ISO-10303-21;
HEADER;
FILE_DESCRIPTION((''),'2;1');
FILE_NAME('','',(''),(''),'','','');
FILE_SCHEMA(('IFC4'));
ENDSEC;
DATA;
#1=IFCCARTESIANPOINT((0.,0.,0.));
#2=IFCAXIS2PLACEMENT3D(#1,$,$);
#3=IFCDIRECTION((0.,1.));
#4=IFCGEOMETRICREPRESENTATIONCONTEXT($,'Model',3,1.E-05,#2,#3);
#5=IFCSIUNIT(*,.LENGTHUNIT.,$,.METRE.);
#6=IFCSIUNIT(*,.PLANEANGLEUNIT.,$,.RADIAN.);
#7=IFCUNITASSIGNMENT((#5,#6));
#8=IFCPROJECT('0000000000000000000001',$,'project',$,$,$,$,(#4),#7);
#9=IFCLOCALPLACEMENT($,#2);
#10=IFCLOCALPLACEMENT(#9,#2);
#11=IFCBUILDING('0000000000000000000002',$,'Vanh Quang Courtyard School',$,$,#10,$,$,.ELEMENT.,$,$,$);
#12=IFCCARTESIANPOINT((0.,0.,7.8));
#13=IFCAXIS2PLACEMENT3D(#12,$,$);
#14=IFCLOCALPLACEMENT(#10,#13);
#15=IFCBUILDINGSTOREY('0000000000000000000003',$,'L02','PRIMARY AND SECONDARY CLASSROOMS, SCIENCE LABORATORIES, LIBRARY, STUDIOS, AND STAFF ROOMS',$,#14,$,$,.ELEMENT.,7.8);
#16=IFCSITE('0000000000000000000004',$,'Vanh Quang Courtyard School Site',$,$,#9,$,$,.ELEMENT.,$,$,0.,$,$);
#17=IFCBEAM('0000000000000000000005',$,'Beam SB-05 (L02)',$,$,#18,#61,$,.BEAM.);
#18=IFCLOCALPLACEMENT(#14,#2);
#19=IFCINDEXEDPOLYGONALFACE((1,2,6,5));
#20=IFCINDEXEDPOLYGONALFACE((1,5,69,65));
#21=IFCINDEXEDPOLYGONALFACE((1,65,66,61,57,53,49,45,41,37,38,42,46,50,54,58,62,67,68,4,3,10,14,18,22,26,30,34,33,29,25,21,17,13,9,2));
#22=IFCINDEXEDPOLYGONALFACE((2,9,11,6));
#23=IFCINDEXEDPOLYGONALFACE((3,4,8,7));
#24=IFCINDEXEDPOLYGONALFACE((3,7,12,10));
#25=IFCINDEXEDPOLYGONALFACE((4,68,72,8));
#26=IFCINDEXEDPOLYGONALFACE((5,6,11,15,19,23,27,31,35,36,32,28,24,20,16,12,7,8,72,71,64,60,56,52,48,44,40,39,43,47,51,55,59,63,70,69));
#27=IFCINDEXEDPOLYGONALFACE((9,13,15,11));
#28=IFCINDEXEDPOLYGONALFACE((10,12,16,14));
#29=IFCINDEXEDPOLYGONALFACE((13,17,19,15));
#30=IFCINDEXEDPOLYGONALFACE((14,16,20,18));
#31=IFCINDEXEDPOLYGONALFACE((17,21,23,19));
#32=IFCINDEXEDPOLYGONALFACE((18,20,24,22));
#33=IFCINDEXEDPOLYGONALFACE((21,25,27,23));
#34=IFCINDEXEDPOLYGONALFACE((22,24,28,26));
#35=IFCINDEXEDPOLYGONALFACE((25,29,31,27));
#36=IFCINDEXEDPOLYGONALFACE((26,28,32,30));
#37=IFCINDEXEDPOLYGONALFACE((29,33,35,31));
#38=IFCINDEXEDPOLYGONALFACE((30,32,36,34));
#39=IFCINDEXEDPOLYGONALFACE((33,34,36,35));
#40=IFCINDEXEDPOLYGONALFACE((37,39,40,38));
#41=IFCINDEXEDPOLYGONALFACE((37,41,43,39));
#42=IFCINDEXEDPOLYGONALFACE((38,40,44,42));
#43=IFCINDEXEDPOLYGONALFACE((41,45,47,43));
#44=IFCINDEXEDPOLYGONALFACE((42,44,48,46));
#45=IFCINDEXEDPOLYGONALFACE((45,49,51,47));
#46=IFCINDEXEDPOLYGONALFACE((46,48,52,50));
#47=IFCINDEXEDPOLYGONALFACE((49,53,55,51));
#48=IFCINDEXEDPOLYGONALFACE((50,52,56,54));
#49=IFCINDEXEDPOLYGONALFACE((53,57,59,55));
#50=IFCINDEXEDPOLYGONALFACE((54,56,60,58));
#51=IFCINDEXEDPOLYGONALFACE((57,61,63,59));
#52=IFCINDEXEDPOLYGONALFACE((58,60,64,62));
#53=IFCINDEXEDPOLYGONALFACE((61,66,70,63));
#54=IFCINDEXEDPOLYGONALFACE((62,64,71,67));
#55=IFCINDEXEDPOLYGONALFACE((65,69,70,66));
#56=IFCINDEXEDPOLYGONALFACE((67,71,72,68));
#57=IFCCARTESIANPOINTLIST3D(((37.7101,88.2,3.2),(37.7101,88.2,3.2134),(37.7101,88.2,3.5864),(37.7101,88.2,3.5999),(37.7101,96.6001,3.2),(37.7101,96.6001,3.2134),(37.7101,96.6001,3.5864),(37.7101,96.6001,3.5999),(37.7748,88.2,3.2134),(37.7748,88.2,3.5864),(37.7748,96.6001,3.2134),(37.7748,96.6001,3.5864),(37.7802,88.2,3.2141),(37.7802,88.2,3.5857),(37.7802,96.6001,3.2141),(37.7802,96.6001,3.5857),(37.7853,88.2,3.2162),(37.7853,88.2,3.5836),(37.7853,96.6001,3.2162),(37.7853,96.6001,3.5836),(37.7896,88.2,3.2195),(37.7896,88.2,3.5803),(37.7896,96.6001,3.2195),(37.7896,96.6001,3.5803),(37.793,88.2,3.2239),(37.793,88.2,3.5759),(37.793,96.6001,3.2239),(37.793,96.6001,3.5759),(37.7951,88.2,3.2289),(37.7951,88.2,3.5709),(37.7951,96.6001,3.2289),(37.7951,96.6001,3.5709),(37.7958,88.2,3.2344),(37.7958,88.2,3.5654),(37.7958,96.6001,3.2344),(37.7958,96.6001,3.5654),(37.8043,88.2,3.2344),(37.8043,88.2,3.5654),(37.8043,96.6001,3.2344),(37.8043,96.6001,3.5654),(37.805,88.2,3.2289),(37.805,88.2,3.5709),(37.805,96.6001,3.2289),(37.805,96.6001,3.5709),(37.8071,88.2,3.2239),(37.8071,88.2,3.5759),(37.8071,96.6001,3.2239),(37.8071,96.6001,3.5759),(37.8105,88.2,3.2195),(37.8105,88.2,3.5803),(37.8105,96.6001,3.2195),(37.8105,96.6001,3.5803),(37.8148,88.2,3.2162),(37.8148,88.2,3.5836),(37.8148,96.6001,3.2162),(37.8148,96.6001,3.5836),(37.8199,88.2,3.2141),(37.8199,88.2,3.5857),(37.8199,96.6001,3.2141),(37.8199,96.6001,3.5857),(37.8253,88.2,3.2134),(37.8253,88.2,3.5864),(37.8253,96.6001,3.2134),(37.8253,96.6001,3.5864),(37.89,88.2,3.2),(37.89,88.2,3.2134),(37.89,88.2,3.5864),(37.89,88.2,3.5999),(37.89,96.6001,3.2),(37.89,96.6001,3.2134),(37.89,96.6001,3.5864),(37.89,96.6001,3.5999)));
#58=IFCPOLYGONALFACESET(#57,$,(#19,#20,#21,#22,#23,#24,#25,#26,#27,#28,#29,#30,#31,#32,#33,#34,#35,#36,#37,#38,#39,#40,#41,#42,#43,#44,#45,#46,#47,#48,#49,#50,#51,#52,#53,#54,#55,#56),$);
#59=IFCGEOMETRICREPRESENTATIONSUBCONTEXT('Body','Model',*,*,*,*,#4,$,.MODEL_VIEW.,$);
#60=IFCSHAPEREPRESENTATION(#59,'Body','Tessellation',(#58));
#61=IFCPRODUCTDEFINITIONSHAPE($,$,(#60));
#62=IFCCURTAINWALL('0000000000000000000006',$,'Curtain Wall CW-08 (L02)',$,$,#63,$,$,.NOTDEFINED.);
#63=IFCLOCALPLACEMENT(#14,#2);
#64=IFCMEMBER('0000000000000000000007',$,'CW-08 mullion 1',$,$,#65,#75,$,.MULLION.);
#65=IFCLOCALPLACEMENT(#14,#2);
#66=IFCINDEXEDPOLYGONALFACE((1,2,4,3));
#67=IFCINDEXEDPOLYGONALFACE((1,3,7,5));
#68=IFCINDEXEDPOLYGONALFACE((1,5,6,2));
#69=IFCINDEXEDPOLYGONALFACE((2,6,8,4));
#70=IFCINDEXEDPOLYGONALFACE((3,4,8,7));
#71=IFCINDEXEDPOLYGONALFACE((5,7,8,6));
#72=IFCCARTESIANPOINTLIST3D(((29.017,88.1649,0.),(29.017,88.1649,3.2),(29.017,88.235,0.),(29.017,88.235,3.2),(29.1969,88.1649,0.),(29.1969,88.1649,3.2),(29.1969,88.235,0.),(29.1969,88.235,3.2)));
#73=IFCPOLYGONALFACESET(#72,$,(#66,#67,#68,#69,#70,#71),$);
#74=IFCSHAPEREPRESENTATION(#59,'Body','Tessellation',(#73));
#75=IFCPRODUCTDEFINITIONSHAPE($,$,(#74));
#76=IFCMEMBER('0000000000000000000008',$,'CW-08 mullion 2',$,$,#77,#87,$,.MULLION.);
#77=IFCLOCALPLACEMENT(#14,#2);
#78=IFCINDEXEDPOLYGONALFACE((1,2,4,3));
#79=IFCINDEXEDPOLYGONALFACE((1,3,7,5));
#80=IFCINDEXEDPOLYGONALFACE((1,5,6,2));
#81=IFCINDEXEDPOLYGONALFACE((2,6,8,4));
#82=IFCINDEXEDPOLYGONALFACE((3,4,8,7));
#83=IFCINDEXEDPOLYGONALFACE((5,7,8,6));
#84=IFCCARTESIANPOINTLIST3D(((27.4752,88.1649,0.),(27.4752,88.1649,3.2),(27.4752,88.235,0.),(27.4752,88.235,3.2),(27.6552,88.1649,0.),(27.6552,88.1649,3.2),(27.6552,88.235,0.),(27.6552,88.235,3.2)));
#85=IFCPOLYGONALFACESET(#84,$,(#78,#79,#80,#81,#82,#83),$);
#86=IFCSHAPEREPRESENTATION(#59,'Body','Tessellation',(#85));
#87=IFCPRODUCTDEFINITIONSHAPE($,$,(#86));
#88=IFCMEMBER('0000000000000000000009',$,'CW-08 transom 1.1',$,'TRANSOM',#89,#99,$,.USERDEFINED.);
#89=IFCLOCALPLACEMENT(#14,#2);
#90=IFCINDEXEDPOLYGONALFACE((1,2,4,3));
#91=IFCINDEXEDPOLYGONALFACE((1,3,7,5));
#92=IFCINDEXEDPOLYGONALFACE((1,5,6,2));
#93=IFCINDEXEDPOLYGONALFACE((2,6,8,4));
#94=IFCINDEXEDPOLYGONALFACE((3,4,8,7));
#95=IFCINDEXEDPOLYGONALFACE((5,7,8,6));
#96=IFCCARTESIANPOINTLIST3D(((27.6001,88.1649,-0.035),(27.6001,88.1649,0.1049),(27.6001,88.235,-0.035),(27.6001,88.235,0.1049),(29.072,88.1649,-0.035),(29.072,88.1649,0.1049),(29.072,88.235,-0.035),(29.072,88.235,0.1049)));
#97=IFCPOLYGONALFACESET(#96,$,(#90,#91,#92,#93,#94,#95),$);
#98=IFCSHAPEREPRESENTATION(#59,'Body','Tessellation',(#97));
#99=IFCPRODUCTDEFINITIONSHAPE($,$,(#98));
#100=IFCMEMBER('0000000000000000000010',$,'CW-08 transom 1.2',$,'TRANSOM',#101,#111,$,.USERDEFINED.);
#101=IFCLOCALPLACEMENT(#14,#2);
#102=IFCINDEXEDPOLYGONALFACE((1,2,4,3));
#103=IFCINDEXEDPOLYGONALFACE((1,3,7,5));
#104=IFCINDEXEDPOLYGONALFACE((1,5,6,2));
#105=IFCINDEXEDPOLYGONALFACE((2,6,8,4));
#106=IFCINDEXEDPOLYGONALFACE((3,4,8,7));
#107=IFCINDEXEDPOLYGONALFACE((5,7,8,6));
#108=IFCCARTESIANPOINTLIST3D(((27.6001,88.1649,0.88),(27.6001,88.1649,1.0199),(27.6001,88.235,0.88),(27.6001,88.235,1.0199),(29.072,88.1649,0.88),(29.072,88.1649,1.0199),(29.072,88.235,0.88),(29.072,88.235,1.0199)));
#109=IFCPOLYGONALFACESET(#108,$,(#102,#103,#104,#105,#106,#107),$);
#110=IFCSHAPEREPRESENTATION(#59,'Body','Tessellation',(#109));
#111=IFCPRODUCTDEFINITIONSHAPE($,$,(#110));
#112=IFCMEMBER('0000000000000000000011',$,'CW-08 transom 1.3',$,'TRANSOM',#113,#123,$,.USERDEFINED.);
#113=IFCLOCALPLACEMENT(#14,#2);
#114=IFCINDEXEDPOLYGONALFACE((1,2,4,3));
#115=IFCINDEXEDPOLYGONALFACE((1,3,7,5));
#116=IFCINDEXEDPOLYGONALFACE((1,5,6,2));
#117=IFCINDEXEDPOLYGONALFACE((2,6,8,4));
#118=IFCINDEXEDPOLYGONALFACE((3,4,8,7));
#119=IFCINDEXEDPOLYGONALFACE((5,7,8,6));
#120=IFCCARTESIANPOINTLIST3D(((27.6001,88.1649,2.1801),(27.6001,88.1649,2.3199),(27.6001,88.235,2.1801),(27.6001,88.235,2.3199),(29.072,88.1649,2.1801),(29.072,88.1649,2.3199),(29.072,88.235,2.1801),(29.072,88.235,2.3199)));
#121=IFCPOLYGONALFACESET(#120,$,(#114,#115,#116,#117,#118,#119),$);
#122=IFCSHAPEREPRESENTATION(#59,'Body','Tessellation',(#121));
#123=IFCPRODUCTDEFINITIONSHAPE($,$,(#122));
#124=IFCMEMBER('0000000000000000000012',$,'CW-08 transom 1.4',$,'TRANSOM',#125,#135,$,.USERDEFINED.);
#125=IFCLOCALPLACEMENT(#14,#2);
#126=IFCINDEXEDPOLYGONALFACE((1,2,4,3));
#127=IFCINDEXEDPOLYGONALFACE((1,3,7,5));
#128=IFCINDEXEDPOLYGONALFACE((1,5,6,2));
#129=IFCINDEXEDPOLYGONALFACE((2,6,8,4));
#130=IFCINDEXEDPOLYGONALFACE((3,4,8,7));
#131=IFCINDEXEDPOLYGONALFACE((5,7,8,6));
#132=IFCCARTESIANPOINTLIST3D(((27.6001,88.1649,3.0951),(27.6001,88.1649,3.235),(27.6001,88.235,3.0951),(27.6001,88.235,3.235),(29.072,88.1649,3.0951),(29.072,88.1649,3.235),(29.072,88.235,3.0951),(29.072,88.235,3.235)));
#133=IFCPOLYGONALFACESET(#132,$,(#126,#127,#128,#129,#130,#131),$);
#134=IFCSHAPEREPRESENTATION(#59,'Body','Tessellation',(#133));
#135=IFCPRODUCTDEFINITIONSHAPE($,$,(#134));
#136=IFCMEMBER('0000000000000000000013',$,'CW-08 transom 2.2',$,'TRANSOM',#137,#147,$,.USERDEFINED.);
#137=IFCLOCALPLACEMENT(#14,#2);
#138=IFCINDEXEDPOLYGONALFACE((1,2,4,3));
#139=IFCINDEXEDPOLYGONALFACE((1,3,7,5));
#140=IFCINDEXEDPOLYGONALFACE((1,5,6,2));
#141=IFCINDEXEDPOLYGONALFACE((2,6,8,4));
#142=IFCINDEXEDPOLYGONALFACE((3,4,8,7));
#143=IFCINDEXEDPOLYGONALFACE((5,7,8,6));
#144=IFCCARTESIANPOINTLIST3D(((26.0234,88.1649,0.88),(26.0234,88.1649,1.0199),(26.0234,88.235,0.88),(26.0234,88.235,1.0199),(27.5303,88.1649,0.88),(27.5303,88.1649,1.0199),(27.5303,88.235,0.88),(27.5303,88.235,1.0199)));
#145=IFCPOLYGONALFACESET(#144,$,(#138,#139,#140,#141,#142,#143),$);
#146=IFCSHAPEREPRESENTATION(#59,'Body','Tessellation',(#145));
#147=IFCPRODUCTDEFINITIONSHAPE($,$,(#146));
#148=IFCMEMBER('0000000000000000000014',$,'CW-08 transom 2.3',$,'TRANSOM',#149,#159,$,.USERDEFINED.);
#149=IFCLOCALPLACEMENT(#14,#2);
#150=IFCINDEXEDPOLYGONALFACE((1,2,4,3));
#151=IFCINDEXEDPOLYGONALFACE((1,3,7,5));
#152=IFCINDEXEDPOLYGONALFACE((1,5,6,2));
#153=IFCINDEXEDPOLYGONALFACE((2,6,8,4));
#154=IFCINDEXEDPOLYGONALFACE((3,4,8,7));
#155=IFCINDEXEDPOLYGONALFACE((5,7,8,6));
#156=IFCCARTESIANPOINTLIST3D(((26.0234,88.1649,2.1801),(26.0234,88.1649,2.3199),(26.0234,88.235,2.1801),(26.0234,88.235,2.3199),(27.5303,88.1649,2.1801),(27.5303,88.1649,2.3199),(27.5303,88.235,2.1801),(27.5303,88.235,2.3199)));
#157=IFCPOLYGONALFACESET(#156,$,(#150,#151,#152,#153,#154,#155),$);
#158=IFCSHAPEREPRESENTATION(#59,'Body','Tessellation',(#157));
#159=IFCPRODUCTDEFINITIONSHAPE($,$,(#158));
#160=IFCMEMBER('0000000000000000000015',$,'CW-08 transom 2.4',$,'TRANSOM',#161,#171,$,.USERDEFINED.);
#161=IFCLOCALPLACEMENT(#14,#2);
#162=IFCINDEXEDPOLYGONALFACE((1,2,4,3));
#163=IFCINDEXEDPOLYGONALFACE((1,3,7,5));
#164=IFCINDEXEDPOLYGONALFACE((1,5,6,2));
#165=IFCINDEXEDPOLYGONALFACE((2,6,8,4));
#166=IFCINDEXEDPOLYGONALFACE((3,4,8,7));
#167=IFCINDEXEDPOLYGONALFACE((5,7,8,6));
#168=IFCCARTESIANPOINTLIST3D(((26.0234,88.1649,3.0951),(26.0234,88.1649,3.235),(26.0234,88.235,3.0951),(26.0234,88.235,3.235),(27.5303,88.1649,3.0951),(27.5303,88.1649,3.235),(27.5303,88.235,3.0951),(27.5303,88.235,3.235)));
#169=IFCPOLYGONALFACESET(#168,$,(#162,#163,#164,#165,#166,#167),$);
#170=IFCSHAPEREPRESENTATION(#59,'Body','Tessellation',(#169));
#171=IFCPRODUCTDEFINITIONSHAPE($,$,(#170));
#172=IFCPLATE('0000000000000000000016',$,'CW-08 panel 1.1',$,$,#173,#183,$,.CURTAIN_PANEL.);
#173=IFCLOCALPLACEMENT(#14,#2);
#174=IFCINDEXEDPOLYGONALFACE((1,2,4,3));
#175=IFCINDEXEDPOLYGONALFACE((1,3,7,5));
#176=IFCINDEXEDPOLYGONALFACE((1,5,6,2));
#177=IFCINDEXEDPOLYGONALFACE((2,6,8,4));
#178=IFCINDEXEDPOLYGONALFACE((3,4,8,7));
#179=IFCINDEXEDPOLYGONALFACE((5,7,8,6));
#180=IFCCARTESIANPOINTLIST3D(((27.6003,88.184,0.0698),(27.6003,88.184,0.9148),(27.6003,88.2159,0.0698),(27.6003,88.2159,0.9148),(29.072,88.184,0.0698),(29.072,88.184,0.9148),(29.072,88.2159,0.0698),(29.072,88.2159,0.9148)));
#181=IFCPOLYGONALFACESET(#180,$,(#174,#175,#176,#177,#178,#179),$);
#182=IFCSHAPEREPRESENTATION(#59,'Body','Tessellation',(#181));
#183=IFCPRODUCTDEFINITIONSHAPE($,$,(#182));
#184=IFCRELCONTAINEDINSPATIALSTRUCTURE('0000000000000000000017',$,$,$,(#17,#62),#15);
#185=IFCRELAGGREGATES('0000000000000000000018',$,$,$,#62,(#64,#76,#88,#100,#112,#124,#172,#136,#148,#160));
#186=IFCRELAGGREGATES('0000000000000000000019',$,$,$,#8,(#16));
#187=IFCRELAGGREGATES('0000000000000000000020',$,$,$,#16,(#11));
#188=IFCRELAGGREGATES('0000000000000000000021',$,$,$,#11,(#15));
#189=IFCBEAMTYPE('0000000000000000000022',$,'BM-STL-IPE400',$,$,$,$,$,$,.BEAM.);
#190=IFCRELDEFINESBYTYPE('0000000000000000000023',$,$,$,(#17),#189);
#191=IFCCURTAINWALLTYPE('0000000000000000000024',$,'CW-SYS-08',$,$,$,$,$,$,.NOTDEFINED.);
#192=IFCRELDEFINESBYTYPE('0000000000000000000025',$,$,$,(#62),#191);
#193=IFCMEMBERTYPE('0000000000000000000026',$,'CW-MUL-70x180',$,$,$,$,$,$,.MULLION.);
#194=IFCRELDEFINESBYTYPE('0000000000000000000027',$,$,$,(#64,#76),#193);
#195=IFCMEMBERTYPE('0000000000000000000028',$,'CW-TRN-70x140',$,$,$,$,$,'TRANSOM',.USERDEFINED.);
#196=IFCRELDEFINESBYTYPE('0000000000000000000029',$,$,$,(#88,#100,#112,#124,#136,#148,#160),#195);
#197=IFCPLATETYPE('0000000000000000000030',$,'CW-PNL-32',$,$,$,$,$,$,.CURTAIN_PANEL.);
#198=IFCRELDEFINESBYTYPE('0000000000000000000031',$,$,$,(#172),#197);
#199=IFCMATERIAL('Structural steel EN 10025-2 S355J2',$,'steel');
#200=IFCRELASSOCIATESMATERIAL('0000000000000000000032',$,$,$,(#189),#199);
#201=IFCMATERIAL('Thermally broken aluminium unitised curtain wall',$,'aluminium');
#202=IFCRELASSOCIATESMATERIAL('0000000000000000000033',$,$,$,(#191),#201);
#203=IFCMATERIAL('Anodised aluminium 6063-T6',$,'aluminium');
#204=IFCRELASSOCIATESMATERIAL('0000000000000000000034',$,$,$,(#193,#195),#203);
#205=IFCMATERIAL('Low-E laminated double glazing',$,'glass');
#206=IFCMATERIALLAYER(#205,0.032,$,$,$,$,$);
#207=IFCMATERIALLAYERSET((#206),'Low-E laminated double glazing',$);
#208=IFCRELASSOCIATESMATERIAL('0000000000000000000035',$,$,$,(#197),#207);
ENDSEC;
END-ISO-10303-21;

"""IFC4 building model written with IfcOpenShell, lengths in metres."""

from ifc_helpers import new_model, si_unit, direction, frame, origin, origin_2d, place, context, subcontext, project, spatial, rectangle, i_section, extrude, material, layer, layer_set, material_profile, profile_set, type_object, element, aggregate, save


model = new_model("IFC4")

# Units and contexts
model_context = context("Model", 3, precision=1e-05, world=origin(), true_north=direction((0.0, 1.0)))
body_context = subcontext(model_context, "Body", "Model", "MODEL_VIEW")
ifc_project = project(units=[si_unit("LENGTHUNIT", "METRE"), si_unit("PLANEANGLEUNIT", "RADIAN")], contexts=[model_context])

# Site, building, storey
site_placement = place(None, origin())
site = spatial("IfcSite", under=ifc_project, at=site_placement, Name="Vanh Quang Courtyard School Site", CompositionType="ELEMENT", RefElevation=0.0)
building_placement = place(site_placement, origin())
building = spatial("IfcBuilding", under=site, at=building_placement, Name="Vanh Quang Courtyard School", CompositionType="ELEMENT")
storey_placement = place(building_placement, frame((0.0, 0.0, 7.8)))
storey = spatial("IfcBuildingStorey", under=building, at=storey_placement, Name="L02", Description="PRIMARY AND SECONDARY CLASSROOMS, SCIENCE LABORATORIES, LIBRARY, STUDIOS, AND STAFF ROOMS", CompositionType="ELEMENT", Elevation=7.8)

# Beam
ifc_material_1 = material(Name="Structural steel EN 10025-2 S355J2", Category="steel")
ifc_material_profile_1 = material_profile(ifc_material_1, i_section(OverallWidth=0.1799, OverallDepth=0.3999, WebThickness=0.0085, FlangeThickness=0.0134, FilletRadius=0.021, at=origin_2d()), Name="IPE 400")
ifc_profile_set_1 = profile_set([ifc_material_profile_1], Name="Structural steel EN 10025-2 S355J2")
beam_type_1 = type_object("IfcBeamType", Name="BM-STL-IPE400", PredefinedType="BEAM", material=ifc_profile_set_1)
for number, where, z_axis, x_axis, name in (
    (1, (37.8, 88.2, 3.3999), (0.0, 1.0, 0.0), (-1.0, 0.0, 0.0), "Beam SB-05 (L02)"),
):
    element("IfcBeam", number, at=place(storey_placement, frame(where, z_axis=z_axis, x_axis=x_axis)), inside=storey, type_object=beam_type_1, Name=name, PredefinedType="BEAM", context=body_context, shape_type="SweptSolid", body=[
        extrude(i_section(OverallWidth=0.1799, OverallDepth=0.3999, WebThickness=0.0085, FlangeThickness=0.0134, FilletRadius=0.021, at=origin_2d()), origin(), (0.0, 0.0, 1.0), 8.4001),
    ])

# Curtain wall, members, plate
ifc_material_2 = material(Name="Thermally broken aluminium unitised curtain wall", Category="aluminium")
curtain_wall_type = type_object("IfcCurtainWallType", Name="CW-SYS-08", PredefinedType="NOTDEFINED", material=ifc_material_2)
curtain_wall_placement = place(storey_placement, origin())
curtain_wall = element("IfcCurtainWall", 2, at=curtain_wall_placement, inside=storey, type_object=curtain_wall_type, Name="Curtain Wall CW-08 (L02)", PredefinedType="NOTDEFINED")
ifc_material_3 = material(Name="Anodised aluminium 6063-T6", Category="aluminium")
ifc_material_profile_2 = material_profile(ifc_material_3, rectangle(XDim=0.0701, YDim=0.1799, at=origin_2d()), Name="ALU-MUL 70x180")
ifc_profile_set_2 = profile_set([ifc_material_profile_2], Name="Anodised aluminium 6063-T6")
member_type_1 = type_object("IfcMemberType", Name="CW-MUL-70x180", PredefinedType="MULLION", material=ifc_profile_set_2)
member_1_placement = place(storey_placement, frame((29.1069, 88.2, 0.0), z_axis=(0.0, 0.0, 1.0), x_axis=(0.0, -1.0, 0.0)))
member_1 = element("IfcMember", 3, at=member_1_placement, type_object=member_type_1, Name="CW-08 mullion 1", PredefinedType="MULLION", context=body_context, shape_type="SweptSolid", body=[
    extrude(rectangle(XDim=0.0701, YDim=0.1799, at=origin_2d()), origin(), (0.0, 0.0, 1.0), 3.2),
])
member_2_placement = place(storey_placement, frame((27.5652, 88.2, 0.0), z_axis=(0.0, 0.0, 1.0), x_axis=(0.0, -1.0, 0.0)))
member_2 = element("IfcMember", 4, at=member_2_placement, type_object=member_type_1, Name="CW-08 mullion 2", PredefinedType="MULLION", context=body_context, shape_type="SweptSolid", body=[
    extrude(rectangle(XDim=0.0701, YDim=0.1799, at=origin_2d()), origin(), (0.0, 0.0, 1.0), 3.2),
])
ifc_material_profile_3 = material_profile(ifc_material_3, rectangle(XDim=0.0701, YDim=0.1399, at=origin_2d()), Name="ALU-TRN 70x140")
ifc_profile_set_3 = profile_set([ifc_material_profile_3], Name="Anodised aluminium 6063-T6")
member_type_2 = type_object("IfcMemberType", Name="CW-TRN-70x140", ElementType="TRANSOM", PredefinedType="USERDEFINED", material=ifc_profile_set_3)
member_3_placement = place(storey_placement, frame((29.072, 88.2, 0.0349), z_axis=(-1.0, 0.0, 0.0), x_axis=(0.0, -1.0, 0.0)))
member_3 = element("IfcMember", 5, at=member_3_placement, type_object=member_type_2, Name="CW-08 transom 1.1", ObjectType="TRANSOM", PredefinedType="USERDEFINED", context=body_context, shape_type="SweptSolid", body=[
    extrude(rectangle(XDim=0.0701, YDim=0.1399, at=origin_2d()), origin(), (0.0, 0.0, 1.0), 1.4719),
])
member_4_placement = place(storey_placement, frame((29.072, 88.2, 0.95), z_axis=(-1.0, 0.0, 0.0), x_axis=(0.0, -1.0, 0.0)))
member_4 = element("IfcMember", 6, at=member_4_placement, type_object=member_type_2, Name="CW-08 transom 1.2", ObjectType="TRANSOM", PredefinedType="USERDEFINED", context=body_context, shape_type="SweptSolid", body=[
    extrude(rectangle(XDim=0.0701, YDim=0.1399, at=origin_2d()), origin(), (0.0, 0.0, 1.0), 1.4719),
])
member_5_placement = place(storey_placement, frame((29.072, 88.2, 2.25), z_axis=(-1.0, 0.0, 0.0), x_axis=(0.0, -1.0, 0.0)))
member_5 = element("IfcMember", 7, at=member_5_placement, type_object=member_type_2, Name="CW-08 transom 1.3", ObjectType="TRANSOM", PredefinedType="USERDEFINED", context=body_context, shape_type="SweptSolid", body=[
    extrude(rectangle(XDim=0.0701, YDim=0.1399, at=origin_2d()), origin(), (0.0, 0.0, 1.0), 1.4719),
])
member_6_placement = place(storey_placement, frame((29.072, 88.2, 3.165), z_axis=(-1.0, 0.0, 0.0), x_axis=(0.0, -1.0, 0.0)))
member_6 = element("IfcMember", 8, at=member_6_placement, type_object=member_type_2, Name="CW-08 transom 1.4", ObjectType="TRANSOM", PredefinedType="USERDEFINED", context=body_context, shape_type="SweptSolid", body=[
    extrude(rectangle(XDim=0.0701, YDim=0.1399, at=origin_2d()), origin(), (0.0, 0.0, 1.0), 1.4719),
])
member_7_placement = place(storey_placement, frame((27.5303, 88.2, 0.95), z_axis=(-1.0, 0.0, 0.0), x_axis=(0.0, -1.0, 0.0)))
member_7 = element("IfcMember", 9, at=member_7_placement, type_object=member_type_2, Name="CW-08 transom 2.2", ObjectType="TRANSOM", PredefinedType="USERDEFINED", context=body_context, shape_type="SweptSolid", body=[
    extrude(rectangle(XDim=0.0701, YDim=0.1399, at=origin_2d()), origin(), (0.0, 0.0, 1.0), 1.5068),
])
member_8_placement = place(storey_placement, frame((27.5303, 88.2, 2.25), z_axis=(-1.0, 0.0, 0.0), x_axis=(0.0, -1.0, 0.0)))
member_8 = element("IfcMember", 10, at=member_8_placement, type_object=member_type_2, Name="CW-08 transom 2.3", ObjectType="TRANSOM", PredefinedType="USERDEFINED", context=body_context, shape_type="SweptSolid", body=[
    extrude(rectangle(XDim=0.0701, YDim=0.1399, at=origin_2d()), origin(), (0.0, 0.0, 1.0), 1.5068),
])
member_9_placement = place(storey_placement, frame((27.5303, 88.2, 3.165), z_axis=(-1.0, 0.0, 0.0), x_axis=(0.0, -1.0, 0.0)))
member_9 = element("IfcMember", 11, at=member_9_placement, type_object=member_type_2, Name="CW-08 transom 2.4", ObjectType="TRANSOM", PredefinedType="USERDEFINED", context=body_context, shape_type="SweptSolid", body=[
    extrude(rectangle(XDim=0.0701, YDim=0.1399, at=origin_2d()), origin(), (0.0, 0.0, 1.0), 1.5068),
])
ifc_material_4 = material(Name="Low-E laminated double glazing", Category="glass")
ifc_layer_1 = layer(ifc_material_4, 0.032)
ifc_layer_set_1 = layer_set([ifc_layer_1], Name="Low-E laminated double glazing")
plate_type = type_object("IfcPlateType", Name="CW-PNL-32", PredefinedType="CURTAIN_PANEL", material=ifc_layer_set_1)
plate_1_placement = place(storey_placement, frame((28.3362, 88.2, 0.0698), z_axis=(0.0, 0.0, 1.0), x_axis=(-1.0, 0.0, 0.0)))
plate_1 = element("IfcPlate", 12, at=plate_1_placement, type_object=plate_type, Name="CW-08 panel 1.1", PredefinedType="CURTAIN_PANEL", context=body_context, shape_type="SweptSolid", body=[
    extrude(rectangle(XDim=1.4717, YDim=0.032, at=origin_2d()), origin(), (0.0, 0.0, 1.0), 0.845),
])
aggregate(curtain_wall, [member_1, member_2, member_3, member_4, member_5, member_6, plate_1, member_7, member_8, member_9])

save(model, "model.ifc")
